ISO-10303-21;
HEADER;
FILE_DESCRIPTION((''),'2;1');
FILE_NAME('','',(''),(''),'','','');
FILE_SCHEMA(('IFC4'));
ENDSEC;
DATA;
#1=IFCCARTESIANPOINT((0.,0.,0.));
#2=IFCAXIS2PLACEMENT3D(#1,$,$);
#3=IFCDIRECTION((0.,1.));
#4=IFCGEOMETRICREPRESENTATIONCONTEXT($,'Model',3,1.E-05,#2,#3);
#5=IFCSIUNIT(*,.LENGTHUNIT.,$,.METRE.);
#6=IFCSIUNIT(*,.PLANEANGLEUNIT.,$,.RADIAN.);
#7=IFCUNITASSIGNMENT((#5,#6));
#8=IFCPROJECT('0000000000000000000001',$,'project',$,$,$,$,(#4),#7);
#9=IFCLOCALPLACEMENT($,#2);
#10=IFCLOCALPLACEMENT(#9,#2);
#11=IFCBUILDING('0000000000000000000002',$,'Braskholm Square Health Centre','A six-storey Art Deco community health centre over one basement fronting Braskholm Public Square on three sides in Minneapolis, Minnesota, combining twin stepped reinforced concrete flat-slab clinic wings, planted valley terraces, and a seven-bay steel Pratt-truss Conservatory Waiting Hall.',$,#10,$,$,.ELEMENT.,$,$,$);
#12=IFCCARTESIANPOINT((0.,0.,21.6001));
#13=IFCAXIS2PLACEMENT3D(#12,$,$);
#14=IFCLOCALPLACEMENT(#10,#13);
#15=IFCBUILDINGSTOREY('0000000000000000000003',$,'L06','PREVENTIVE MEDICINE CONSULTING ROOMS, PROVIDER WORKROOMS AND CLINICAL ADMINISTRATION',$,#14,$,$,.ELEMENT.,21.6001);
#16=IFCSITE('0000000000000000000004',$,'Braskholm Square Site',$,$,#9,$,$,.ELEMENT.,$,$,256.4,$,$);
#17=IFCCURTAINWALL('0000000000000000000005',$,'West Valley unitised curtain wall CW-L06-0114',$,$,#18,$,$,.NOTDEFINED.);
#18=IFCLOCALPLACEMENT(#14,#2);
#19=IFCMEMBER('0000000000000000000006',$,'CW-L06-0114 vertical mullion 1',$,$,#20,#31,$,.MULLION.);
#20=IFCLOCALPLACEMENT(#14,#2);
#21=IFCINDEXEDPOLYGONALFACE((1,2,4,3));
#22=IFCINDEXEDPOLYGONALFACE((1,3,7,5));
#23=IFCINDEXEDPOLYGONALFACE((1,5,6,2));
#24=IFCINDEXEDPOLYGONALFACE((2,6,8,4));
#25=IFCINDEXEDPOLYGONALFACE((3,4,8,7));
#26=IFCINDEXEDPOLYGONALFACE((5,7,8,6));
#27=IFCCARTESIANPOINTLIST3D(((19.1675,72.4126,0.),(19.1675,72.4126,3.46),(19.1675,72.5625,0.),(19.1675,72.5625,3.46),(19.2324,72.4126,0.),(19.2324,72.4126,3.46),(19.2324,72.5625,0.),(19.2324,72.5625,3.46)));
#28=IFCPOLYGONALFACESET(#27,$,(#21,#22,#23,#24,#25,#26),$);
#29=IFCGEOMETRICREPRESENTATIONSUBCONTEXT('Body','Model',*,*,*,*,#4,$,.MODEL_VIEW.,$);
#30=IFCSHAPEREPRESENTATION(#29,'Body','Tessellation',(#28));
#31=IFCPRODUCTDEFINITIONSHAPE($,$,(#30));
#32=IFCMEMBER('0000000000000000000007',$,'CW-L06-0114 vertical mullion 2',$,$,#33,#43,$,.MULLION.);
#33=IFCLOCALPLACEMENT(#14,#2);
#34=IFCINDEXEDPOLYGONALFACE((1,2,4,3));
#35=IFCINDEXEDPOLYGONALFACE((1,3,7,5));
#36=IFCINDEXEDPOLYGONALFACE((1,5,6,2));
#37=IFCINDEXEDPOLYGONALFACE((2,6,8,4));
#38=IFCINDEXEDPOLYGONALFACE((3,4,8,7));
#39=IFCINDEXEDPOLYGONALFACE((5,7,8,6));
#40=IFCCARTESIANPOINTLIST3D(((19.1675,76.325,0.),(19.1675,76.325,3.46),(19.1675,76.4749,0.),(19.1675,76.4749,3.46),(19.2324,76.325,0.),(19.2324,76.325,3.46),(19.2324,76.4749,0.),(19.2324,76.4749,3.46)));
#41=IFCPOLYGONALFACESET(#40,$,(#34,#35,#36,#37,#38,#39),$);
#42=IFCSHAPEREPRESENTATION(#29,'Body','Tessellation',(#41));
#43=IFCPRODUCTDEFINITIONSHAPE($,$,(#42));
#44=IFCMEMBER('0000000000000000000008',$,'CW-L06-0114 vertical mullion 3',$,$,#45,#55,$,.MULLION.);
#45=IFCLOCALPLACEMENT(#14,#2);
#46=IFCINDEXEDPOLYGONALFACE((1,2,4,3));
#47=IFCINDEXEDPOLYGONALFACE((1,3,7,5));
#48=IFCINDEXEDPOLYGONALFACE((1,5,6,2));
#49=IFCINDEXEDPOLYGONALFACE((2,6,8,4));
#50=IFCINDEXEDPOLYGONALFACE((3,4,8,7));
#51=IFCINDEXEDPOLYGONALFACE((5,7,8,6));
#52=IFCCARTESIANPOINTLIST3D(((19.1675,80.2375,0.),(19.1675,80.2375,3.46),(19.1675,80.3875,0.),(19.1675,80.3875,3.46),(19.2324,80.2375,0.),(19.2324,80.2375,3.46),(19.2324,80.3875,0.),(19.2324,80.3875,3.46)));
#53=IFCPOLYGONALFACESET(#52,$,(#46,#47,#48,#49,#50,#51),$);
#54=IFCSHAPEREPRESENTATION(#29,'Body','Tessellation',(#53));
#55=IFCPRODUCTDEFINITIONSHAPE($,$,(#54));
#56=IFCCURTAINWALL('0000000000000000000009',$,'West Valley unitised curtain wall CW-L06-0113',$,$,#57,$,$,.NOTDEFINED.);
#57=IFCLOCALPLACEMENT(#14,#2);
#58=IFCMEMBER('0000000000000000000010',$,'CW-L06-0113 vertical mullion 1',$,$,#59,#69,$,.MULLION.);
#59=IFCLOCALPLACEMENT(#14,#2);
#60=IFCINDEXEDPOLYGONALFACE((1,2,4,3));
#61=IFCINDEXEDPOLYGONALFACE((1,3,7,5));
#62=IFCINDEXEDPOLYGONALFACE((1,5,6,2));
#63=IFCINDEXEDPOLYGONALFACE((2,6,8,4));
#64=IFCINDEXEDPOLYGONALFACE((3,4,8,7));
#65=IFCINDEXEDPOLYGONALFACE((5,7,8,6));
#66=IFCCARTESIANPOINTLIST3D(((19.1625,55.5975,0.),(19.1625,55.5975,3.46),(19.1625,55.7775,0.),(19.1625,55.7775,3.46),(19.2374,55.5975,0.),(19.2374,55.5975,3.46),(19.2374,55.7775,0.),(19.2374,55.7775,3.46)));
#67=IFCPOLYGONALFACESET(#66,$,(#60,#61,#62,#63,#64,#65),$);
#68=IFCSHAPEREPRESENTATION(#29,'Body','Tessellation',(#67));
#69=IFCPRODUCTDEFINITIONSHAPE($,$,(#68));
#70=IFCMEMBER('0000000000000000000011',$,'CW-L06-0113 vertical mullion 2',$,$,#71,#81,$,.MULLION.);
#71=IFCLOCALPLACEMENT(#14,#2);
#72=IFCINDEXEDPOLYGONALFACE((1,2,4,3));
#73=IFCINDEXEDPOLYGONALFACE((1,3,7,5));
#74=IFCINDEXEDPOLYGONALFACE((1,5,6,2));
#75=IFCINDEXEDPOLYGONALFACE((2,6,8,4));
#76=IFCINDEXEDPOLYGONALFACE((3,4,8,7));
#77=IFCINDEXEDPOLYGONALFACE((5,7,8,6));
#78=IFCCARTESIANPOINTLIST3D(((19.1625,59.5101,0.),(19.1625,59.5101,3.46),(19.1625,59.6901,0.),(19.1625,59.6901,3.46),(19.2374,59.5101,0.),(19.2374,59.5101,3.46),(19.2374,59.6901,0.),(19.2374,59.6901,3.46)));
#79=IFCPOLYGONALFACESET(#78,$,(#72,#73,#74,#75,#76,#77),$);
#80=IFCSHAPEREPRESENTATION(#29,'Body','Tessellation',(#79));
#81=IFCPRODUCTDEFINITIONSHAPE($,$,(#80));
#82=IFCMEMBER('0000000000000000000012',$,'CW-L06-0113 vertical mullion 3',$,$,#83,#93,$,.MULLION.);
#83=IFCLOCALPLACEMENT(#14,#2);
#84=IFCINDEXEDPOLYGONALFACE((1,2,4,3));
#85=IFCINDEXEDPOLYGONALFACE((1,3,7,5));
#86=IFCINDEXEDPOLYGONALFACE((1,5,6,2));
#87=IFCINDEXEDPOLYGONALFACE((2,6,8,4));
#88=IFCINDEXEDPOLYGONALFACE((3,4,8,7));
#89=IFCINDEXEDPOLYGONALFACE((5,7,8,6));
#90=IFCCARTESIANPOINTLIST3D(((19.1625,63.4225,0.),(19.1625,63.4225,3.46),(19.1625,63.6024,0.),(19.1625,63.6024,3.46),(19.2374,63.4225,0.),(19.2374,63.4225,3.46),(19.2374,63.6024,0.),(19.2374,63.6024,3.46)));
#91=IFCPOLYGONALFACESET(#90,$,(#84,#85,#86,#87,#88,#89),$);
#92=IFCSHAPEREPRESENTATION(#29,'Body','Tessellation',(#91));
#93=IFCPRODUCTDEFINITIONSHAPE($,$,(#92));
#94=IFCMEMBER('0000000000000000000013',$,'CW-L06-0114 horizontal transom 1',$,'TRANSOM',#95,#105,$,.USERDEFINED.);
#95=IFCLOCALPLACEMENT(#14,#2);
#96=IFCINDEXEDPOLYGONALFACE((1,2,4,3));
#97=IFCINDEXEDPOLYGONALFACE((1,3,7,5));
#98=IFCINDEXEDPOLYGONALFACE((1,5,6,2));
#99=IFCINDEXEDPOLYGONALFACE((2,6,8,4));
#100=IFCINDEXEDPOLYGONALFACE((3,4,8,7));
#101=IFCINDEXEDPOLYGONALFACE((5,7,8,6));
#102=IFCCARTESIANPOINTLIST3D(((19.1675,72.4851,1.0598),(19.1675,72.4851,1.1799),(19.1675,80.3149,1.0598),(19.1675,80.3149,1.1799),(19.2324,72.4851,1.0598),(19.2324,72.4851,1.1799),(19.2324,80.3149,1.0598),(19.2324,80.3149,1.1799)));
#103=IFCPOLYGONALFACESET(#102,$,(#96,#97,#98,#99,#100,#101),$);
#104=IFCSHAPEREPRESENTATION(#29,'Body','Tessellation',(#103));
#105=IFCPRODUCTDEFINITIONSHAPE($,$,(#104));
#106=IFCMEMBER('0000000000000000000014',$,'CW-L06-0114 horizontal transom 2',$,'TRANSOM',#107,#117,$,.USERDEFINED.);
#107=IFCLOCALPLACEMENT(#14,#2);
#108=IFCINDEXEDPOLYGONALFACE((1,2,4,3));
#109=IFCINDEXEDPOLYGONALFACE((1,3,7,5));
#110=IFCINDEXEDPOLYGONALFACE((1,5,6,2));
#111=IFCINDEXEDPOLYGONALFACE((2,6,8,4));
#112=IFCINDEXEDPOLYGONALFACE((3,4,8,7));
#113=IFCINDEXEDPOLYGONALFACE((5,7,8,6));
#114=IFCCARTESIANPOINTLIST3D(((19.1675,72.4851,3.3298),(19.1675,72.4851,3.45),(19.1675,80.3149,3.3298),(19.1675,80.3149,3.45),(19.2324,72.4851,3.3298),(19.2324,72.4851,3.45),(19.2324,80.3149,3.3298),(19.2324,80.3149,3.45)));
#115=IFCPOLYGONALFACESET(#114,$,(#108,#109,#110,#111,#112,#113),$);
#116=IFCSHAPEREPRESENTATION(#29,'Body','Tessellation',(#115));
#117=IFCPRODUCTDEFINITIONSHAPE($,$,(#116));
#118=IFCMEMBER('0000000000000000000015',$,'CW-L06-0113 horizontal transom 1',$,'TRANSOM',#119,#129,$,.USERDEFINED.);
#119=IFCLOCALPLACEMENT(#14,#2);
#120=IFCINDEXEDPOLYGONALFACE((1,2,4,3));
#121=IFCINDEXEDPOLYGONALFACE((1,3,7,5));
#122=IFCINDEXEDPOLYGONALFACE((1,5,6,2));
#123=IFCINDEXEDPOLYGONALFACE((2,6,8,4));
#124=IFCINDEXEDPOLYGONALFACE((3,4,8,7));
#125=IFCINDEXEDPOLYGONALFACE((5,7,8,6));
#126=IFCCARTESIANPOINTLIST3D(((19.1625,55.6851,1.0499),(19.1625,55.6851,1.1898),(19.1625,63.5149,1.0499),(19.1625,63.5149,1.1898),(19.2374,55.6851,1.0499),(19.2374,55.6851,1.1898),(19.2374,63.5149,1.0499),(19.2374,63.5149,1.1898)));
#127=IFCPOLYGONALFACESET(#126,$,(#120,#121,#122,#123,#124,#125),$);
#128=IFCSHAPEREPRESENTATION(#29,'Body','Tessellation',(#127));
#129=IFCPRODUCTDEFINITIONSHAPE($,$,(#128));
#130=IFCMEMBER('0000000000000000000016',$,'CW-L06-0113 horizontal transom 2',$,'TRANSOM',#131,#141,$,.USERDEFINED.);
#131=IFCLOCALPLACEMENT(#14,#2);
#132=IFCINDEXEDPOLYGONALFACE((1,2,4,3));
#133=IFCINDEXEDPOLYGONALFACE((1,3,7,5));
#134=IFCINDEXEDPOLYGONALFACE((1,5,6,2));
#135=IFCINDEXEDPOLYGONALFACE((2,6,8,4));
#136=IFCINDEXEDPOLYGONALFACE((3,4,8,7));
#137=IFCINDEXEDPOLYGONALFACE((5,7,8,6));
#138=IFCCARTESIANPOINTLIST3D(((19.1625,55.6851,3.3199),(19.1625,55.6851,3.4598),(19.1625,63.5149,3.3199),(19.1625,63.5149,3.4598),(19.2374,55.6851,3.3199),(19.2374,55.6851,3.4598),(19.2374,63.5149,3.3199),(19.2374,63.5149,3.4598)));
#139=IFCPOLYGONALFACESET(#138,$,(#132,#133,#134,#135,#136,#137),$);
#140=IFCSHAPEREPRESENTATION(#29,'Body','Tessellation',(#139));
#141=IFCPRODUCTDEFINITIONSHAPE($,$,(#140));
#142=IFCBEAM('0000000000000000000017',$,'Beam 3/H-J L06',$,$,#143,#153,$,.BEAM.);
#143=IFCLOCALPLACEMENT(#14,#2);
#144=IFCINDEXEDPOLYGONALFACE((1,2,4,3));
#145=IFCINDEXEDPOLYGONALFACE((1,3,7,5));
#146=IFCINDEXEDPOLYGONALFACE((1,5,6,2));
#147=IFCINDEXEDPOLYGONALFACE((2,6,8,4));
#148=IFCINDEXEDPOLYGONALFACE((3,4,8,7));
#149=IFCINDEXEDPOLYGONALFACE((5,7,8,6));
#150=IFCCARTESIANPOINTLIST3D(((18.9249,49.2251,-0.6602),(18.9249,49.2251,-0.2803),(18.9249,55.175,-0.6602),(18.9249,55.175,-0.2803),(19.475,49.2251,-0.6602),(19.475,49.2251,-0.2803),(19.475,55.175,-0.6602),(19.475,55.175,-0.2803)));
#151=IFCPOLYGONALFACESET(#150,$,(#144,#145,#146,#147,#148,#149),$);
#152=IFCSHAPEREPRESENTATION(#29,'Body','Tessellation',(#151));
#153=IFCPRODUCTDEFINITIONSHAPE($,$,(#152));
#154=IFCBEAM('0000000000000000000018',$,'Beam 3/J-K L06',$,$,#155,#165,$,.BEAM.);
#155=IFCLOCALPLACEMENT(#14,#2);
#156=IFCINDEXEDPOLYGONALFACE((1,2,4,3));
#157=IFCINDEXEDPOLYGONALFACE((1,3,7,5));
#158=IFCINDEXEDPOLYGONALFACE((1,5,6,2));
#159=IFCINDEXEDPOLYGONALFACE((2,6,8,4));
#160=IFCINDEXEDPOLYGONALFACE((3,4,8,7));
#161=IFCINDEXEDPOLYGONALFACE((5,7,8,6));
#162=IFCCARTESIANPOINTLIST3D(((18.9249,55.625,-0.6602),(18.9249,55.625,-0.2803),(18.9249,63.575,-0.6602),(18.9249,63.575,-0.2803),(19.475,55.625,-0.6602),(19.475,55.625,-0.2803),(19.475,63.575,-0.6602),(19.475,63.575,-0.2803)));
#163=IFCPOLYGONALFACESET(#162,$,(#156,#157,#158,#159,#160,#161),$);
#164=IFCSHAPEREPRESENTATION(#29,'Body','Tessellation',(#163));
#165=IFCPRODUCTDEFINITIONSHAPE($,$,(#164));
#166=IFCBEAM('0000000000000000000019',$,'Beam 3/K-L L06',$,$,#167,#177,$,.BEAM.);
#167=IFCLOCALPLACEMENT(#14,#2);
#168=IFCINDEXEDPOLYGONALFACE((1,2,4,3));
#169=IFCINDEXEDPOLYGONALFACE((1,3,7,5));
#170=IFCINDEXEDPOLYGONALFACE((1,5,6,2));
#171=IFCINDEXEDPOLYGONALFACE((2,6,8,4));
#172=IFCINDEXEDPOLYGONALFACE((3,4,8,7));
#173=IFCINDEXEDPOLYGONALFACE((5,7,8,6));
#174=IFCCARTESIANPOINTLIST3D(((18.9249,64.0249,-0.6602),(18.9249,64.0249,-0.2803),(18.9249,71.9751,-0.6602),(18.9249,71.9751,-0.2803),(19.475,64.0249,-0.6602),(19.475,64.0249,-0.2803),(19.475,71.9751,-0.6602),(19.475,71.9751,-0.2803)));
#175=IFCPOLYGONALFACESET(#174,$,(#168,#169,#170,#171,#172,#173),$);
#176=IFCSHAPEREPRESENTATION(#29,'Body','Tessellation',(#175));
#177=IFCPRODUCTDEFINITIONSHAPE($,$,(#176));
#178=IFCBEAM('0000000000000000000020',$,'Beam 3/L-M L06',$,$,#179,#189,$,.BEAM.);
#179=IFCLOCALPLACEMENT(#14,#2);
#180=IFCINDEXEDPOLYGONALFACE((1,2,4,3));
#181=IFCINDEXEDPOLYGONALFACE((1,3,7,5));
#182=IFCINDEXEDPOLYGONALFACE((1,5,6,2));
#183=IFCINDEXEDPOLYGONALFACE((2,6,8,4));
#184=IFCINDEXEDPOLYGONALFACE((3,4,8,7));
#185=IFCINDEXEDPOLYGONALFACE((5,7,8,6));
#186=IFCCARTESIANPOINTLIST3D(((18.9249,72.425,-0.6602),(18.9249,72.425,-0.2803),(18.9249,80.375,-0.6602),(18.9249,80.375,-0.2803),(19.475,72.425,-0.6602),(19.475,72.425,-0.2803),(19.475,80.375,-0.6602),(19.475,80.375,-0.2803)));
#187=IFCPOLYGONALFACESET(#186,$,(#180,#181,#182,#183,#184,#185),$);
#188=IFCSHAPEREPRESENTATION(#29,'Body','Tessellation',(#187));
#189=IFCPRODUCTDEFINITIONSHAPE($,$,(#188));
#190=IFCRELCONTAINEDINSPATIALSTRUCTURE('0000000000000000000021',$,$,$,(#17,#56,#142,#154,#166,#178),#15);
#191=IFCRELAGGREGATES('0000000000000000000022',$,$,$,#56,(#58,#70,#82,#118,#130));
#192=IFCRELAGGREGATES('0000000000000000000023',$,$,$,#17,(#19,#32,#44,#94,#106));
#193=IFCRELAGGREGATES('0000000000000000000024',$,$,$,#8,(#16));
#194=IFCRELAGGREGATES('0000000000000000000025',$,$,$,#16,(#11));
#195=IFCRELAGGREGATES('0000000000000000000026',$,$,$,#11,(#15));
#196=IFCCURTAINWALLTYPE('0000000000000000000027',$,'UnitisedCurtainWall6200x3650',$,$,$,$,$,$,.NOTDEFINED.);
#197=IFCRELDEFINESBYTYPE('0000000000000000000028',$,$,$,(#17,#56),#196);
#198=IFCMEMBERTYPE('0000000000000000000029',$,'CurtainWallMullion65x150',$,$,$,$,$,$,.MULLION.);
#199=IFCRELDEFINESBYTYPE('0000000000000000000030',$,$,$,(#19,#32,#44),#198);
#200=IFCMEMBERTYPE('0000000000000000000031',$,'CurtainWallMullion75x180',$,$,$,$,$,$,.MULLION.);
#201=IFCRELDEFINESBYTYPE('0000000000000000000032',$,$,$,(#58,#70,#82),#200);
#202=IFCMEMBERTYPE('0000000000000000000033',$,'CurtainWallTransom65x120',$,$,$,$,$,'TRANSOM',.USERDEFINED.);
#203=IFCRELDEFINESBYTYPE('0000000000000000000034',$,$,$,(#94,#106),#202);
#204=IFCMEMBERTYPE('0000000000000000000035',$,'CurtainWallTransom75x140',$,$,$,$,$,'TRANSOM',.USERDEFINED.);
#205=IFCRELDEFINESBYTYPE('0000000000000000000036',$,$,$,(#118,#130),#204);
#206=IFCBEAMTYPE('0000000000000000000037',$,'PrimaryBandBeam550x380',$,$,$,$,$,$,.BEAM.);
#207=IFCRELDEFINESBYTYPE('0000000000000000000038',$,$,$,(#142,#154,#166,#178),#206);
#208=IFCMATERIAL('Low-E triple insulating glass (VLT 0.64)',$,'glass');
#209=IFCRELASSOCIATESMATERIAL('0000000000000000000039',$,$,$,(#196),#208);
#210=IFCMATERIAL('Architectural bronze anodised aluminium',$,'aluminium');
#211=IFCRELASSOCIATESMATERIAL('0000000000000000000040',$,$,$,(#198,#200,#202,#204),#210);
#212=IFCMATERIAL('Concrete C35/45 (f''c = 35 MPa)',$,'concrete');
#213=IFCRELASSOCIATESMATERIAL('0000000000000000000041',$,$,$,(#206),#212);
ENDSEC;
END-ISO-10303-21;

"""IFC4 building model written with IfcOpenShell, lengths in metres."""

from ifc_helpers import new_model, si_unit, direction, frame, origin, origin_2d, place, context, subcontext, project, spatial, rectangle, extrude, material, material_profile, profile_set, type_object, element, aggregate, save


model = new_model("IFC4")

# Units and contexts
model_context = context("Model", 3, precision=1e-05, world=origin(), true_north=direction((0.0, 1.0)))
body_context = subcontext(model_context, "Body", "Model", "MODEL_VIEW")
ifc_project = project(units=[si_unit("LENGTHUNIT", "METRE"), si_unit("PLANEANGLEUNIT", "RADIAN")], contexts=[model_context])

# Site, building, storey
site_placement = place(None, origin())
site = spatial("IfcSite", under=ifc_project, at=site_placement, Name="Braskholm Square Site", CompositionType="ELEMENT", RefElevation=256.4)
building_placement = place(site_placement, origin())
building = spatial("IfcBuilding", under=site, at=building_placement, Name="Braskholm Square Health Centre", Description="A six-storey Art Deco community health centre over one basement fronting Braskholm Public Square on three sides in Minneapolis, Minnesota, combining twin stepped reinforced concrete flat-slab clinic wings, planted valley terraces, and a seven-bay steel Pratt-truss Conservatory Waiting Hall.", CompositionType="ELEMENT")
storey_placement = place(building_placement, frame((0.0, 0.0, 21.6001)))
storey = spatial("IfcBuildingStorey", under=building, at=storey_placement, Name="L06", Description="PREVENTIVE MEDICINE CONSULTING ROOMS, PROVIDER WORKROOMS AND CLINICAL ADMINISTRATION", CompositionType="ELEMENT", Elevation=21.6001)

# Curtain walls, members
ifc_material_1 = material(Name="Low-E triple insulating glass (VLT 0.64)", Category="glass")
curtain_wall_type = type_object("IfcCurtainWallType", Name="UnitisedCurtainWall6200x3650", PredefinedType="NOTDEFINED", material=ifc_material_1)
curtain_wall_1_placement = place(storey_placement, origin())
curtain_wall_1 = element("IfcCurtainWall", 1, at=curtain_wall_1_placement, inside=storey, type_object=curtain_wall_type, Name="West Valley unitised curtain wall CW-L06-0114", PredefinedType="NOTDEFINED")
ifc_material_2 = material(Name="Architectural bronze anodised aluminium", Category="aluminium")
ifc_material_profile_1 = material_profile(ifc_material_2, rectangle(XDim=0.0649, YDim=0.1499, at=origin_2d()), Name="ALU-65X150")
ifc_profile_set_1 = profile_set([ifc_material_profile_1], Name="Architectural bronze anodised aluminium")
member_type_1 = type_object("IfcMemberType", Name="CurtainWallMullion65x150", PredefinedType="MULLION", material=ifc_profile_set_1)
member_1_placement = place(storey_placement, frame((19.2, 72.4875, 0.0), z_axis=(0.0, 0.0, 1.0), x_axis=(1.0, 0.0, 0.0)))
member_1 = element("IfcMember", 2, at=member_1_placement, type_object=member_type_1, Name="CW-L06-0114 vertical mullion 1", PredefinedType="MULLION", context=body_context, shape_type="SweptSolid", body=[
    extrude(rectangle(XDim=0.0649, YDim=0.1499, at=origin_2d()), origin(), (0.0, 0.0, 1.0), 3.46),
])
member_2_placement = place(storey_placement, frame((19.2, 76.3999, 0.0), z_axis=(0.0, 0.0, 1.0), x_axis=(1.0, 0.0, 0.0)))
member_2 = element("IfcMember", 3, at=member_2_placement, type_object=member_type_1, Name="CW-L06-0114 vertical mullion 2", PredefinedType="MULLION", context=body_context, shape_type="SweptSolid", body=[
    extrude(rectangle(XDim=0.0649, YDim=0.1499, at=origin_2d()), origin(), (0.0, 0.0, 1.0), 3.46),
])
member_3_placement = place(storey_placement, frame((19.2, 80.3125, 0.0), z_axis=(0.0, 0.0, 1.0), x_axis=(1.0, 0.0, 0.0)))
member_3 = element("IfcMember", 4, at=member_3_placement, type_object=member_type_1, Name="CW-L06-0114 vertical mullion 3", PredefinedType="MULLION", context=body_context, shape_type="SweptSolid", body=[
    extrude(rectangle(XDim=0.0649, YDim=0.1499, at=origin_2d()), origin(), (0.0, 0.0, 1.0), 3.46),
])
curtain_wall_2_placement = place(storey_placement, origin())
curtain_wall_2 = element("IfcCurtainWall", 5, at=curtain_wall_2_placement, inside=storey, type_object=curtain_wall_type, Name="West Valley unitised curtain wall CW-L06-0113", PredefinedType="NOTDEFINED")
ifc_material_profile_2 = material_profile(ifc_material_2, rectangle(XDim=0.075, YDim=0.1799, at=origin_2d()), Name="ALU-75X180")
ifc_profile_set_2 = profile_set([ifc_material_profile_2], Name="Architectural bronze anodised aluminium")
member_type_2 = type_object("IfcMemberType", Name="CurtainWallMullion75x180", PredefinedType="MULLION", material=ifc_profile_set_2)
member_4_placement = place(storey_placement, frame((19.2, 55.6875, 0.0), z_axis=(0.0, 0.0, 1.0), x_axis=(1.0, 0.0, 0.0)))
member_4 = element("IfcMember", 6, at=member_4_placement, type_object=member_type_2, Name="CW-L06-0113 vertical mullion 1", PredefinedType="MULLION", context=body_context, shape_type="SweptSolid", body=[
    extrude(rectangle(XDim=0.075, YDim=0.1799, at=origin_2d()), origin(), (0.0, 0.0, 1.0), 3.46),
])
member_5_placement = place(storey_placement, frame((19.2, 59.6001, 0.0), z_axis=(0.0, 0.0, 1.0), x_axis=(1.0, 0.0, 0.0)))
member_5 = element("IfcMember", 7, at=member_5_placement, type_object=member_type_2, Name="CW-L06-0113 vertical mullion 2", PredefinedType="MULLION", context=body_context, shape_type="SweptSolid", body=[
    extrude(rectangle(XDim=0.075, YDim=0.1799, at=origin_2d()), origin(), (0.0, 0.0, 1.0), 3.46),
])
member_6_placement = place(storey_placement, frame((19.2, 63.5125, 0.0), z_axis=(0.0, 0.0, 1.0), x_axis=(1.0, 0.0, 0.0)))
member_6 = element("IfcMember", 8, at=member_6_placement, type_object=member_type_2, Name="CW-L06-0113 vertical mullion 3", PredefinedType="MULLION", context=body_context, shape_type="SweptSolid", body=[
    extrude(rectangle(XDim=0.075, YDim=0.1799, at=origin_2d()), origin(), (0.0, 0.0, 1.0), 3.46),
])

# Members
ifc_material_profile_3 = material_profile(ifc_material_2, rectangle(XDim=0.0649, YDim=0.1201, at=origin_2d()), Name="ALU-65X120")
ifc_profile_set_3 = profile_set([ifc_material_profile_3], Name="Architectural bronze anodised aluminium")
member_type_3 = type_object("IfcMemberType", Name="CurtainWallTransom65x120", ElementType="TRANSOM", PredefinedType="USERDEFINED", material=ifc_profile_set_3)
member_7_placement = place(storey_placement, frame((19.2, 72.4851, 1.1199), z_axis=(0.0, 1.0, 0.0), x_axis=(-1.0, 0.0, 0.0)))
member_7 = element("IfcMember", 9, at=member_7_placement, type_object=member_type_3, Name="CW-L06-0114 horizontal transom 1", ObjectType="TRANSOM", PredefinedType="USERDEFINED", context=body_context, shape_type="SweptSolid", body=[
    extrude(rectangle(XDim=0.0649, YDim=0.1201, at=origin_2d()), origin(), (0.0, 0.0, 1.0), 7.8298),
])
member_8_placement = place(storey_placement, frame((19.2, 72.4851, 3.3899), z_axis=(0.0, 1.0, 0.0), x_axis=(-1.0, 0.0, 0.0)))
member_8 = element("IfcMember", 10, at=member_8_placement, type_object=member_type_3, Name="CW-L06-0114 horizontal transom 2", ObjectType="TRANSOM", PredefinedType="USERDEFINED", context=body_context, shape_type="SweptSolid", body=[
    extrude(rectangle(XDim=0.0649, YDim=0.1201, at=origin_2d()), origin(), (0.0, 0.0, 1.0), 7.8298),
])
ifc_material_profile_4 = material_profile(ifc_material_2, rectangle(XDim=0.075, YDim=0.1399, at=origin_2d()), Name="ALU-75X140")
ifc_profile_set_4 = profile_set([ifc_material_profile_4], Name="Architectural bronze anodised aluminium")
member_type_4 = type_object("IfcMemberType", Name="CurtainWallTransom75x140", ElementType="TRANSOM", PredefinedType="USERDEFINED", material=ifc_profile_set_4)
member_9_placement = place(storey_placement, frame((19.2, 55.6851, 1.1199), z_axis=(0.0, 1.0, 0.0), x_axis=(-1.0, 0.0, 0.0)))
member_9 = element("IfcMember", 11, at=member_9_placement, type_object=member_type_4, Name="CW-L06-0113 horizontal transom 1", ObjectType="TRANSOM", PredefinedType="USERDEFINED", context=body_context, shape_type="SweptSolid", body=[
    extrude(rectangle(XDim=0.075, YDim=0.1399, at=origin_2d()), origin(), (0.0, 0.0, 1.0), 7.8298),
])
member_10_placement = place(storey_placement, frame((19.2, 55.6851, 3.3899), z_axis=(0.0, 1.0, 0.0), x_axis=(-1.0, 0.0, 0.0)))
member_10 = element("IfcMember", 12, at=member_10_placement, type_object=member_type_4, Name="CW-L06-0113 horizontal transom 2", ObjectType="TRANSOM", PredefinedType="USERDEFINED", context=body_context, shape_type="SweptSolid", body=[
    extrude(rectangle(XDim=0.075, YDim=0.1399, at=origin_2d()), origin(), (0.0, 0.0, 1.0), 7.8298),
])

# Beams
ifc_material_3 = material(Name="Concrete C35/45 (f'c = 35 MPa)", Category="concrete")
ifc_material_profile_5 = material_profile(ifc_material_3, rectangle(XDim=0.55, YDim=0.3799, at=origin_2d()), Name="RCB-550X380")
ifc_profile_set_5 = profile_set([ifc_material_profile_5], Name="Concrete C35/45 (f'c = 35 MPa)")
beam_type = type_object("IfcBeamType", Name="PrimaryBandBeam550x380", PredefinedType="BEAM", material=ifc_profile_set_5)
beam_1_placement = place(storey_placement, frame((19.2, 49.2251, -0.4702), z_axis=(0.0, 1.0, 0.0), x_axis=(-1.0, 0.0, 0.0)))
element("IfcBeam", 13, at=beam_1_placement, inside=storey, type_object=beam_type, Name="Beam 3/H-J L06", PredefinedType="BEAM", context=body_context, shape_type="SweptSolid", body=[
    extrude(rectangle(XDim=0.55, YDim=0.3799, at=origin_2d()), origin(), (0.0, 0.0, 1.0), 5.95),
])
beam_2_placement = place(storey_placement, frame((19.2, 55.625, -0.4702), z_axis=(0.0, 1.0, 0.0), x_axis=(-1.0, 0.0, 0.0)))
element("IfcBeam", 14, at=beam_2_placement, inside=storey, type_object=beam_type, Name="Beam 3/J-K L06", PredefinedType="BEAM", context=body_context, shape_type="SweptSolid", body=[
    extrude(rectangle(XDim=0.55, YDim=0.3799, at=origin_2d()), origin(), (0.0, 0.0, 1.0), 7.95),
])
beam_3_placement = place(storey_placement, frame((19.2, 64.0249, -0.4702), z_axis=(0.0, 1.0, 0.0), x_axis=(-1.0, 0.0, 0.0)))
element("IfcBeam", 15, at=beam_3_placement, inside=storey, type_object=beam_type, Name="Beam 3/K-L L06", PredefinedType="BEAM", context=body_context, shape_type="SweptSolid", body=[
    extrude(rectangle(XDim=0.55, YDim=0.3799, at=origin_2d()), origin(), (0.0, 0.0, 1.0), 7.9502),
])
beam_4_placement = place(storey_placement, frame((19.2, 72.425, -0.4702), z_axis=(0.0, 1.0, 0.0), x_axis=(-1.0, 0.0, 0.0)))
element("IfcBeam", 16, at=beam_4_placement, inside=storey, type_object=beam_type, Name="Beam 3/L-M L06", PredefinedType="BEAM", context=body_context, shape_type="SweptSolid", body=[
    extrude(rectangle(XDim=0.55, YDim=0.3799, at=origin_2d()), origin(), (0.0, 0.0, 1.0), 7.95),
])

aggregate(curtain_wall_2, [member_4, member_5, member_6, member_9, member_10])
aggregate(curtain_wall_1, [member_1, member_2, member_3, member_7, member_8])

save(model, "model.ifc")
